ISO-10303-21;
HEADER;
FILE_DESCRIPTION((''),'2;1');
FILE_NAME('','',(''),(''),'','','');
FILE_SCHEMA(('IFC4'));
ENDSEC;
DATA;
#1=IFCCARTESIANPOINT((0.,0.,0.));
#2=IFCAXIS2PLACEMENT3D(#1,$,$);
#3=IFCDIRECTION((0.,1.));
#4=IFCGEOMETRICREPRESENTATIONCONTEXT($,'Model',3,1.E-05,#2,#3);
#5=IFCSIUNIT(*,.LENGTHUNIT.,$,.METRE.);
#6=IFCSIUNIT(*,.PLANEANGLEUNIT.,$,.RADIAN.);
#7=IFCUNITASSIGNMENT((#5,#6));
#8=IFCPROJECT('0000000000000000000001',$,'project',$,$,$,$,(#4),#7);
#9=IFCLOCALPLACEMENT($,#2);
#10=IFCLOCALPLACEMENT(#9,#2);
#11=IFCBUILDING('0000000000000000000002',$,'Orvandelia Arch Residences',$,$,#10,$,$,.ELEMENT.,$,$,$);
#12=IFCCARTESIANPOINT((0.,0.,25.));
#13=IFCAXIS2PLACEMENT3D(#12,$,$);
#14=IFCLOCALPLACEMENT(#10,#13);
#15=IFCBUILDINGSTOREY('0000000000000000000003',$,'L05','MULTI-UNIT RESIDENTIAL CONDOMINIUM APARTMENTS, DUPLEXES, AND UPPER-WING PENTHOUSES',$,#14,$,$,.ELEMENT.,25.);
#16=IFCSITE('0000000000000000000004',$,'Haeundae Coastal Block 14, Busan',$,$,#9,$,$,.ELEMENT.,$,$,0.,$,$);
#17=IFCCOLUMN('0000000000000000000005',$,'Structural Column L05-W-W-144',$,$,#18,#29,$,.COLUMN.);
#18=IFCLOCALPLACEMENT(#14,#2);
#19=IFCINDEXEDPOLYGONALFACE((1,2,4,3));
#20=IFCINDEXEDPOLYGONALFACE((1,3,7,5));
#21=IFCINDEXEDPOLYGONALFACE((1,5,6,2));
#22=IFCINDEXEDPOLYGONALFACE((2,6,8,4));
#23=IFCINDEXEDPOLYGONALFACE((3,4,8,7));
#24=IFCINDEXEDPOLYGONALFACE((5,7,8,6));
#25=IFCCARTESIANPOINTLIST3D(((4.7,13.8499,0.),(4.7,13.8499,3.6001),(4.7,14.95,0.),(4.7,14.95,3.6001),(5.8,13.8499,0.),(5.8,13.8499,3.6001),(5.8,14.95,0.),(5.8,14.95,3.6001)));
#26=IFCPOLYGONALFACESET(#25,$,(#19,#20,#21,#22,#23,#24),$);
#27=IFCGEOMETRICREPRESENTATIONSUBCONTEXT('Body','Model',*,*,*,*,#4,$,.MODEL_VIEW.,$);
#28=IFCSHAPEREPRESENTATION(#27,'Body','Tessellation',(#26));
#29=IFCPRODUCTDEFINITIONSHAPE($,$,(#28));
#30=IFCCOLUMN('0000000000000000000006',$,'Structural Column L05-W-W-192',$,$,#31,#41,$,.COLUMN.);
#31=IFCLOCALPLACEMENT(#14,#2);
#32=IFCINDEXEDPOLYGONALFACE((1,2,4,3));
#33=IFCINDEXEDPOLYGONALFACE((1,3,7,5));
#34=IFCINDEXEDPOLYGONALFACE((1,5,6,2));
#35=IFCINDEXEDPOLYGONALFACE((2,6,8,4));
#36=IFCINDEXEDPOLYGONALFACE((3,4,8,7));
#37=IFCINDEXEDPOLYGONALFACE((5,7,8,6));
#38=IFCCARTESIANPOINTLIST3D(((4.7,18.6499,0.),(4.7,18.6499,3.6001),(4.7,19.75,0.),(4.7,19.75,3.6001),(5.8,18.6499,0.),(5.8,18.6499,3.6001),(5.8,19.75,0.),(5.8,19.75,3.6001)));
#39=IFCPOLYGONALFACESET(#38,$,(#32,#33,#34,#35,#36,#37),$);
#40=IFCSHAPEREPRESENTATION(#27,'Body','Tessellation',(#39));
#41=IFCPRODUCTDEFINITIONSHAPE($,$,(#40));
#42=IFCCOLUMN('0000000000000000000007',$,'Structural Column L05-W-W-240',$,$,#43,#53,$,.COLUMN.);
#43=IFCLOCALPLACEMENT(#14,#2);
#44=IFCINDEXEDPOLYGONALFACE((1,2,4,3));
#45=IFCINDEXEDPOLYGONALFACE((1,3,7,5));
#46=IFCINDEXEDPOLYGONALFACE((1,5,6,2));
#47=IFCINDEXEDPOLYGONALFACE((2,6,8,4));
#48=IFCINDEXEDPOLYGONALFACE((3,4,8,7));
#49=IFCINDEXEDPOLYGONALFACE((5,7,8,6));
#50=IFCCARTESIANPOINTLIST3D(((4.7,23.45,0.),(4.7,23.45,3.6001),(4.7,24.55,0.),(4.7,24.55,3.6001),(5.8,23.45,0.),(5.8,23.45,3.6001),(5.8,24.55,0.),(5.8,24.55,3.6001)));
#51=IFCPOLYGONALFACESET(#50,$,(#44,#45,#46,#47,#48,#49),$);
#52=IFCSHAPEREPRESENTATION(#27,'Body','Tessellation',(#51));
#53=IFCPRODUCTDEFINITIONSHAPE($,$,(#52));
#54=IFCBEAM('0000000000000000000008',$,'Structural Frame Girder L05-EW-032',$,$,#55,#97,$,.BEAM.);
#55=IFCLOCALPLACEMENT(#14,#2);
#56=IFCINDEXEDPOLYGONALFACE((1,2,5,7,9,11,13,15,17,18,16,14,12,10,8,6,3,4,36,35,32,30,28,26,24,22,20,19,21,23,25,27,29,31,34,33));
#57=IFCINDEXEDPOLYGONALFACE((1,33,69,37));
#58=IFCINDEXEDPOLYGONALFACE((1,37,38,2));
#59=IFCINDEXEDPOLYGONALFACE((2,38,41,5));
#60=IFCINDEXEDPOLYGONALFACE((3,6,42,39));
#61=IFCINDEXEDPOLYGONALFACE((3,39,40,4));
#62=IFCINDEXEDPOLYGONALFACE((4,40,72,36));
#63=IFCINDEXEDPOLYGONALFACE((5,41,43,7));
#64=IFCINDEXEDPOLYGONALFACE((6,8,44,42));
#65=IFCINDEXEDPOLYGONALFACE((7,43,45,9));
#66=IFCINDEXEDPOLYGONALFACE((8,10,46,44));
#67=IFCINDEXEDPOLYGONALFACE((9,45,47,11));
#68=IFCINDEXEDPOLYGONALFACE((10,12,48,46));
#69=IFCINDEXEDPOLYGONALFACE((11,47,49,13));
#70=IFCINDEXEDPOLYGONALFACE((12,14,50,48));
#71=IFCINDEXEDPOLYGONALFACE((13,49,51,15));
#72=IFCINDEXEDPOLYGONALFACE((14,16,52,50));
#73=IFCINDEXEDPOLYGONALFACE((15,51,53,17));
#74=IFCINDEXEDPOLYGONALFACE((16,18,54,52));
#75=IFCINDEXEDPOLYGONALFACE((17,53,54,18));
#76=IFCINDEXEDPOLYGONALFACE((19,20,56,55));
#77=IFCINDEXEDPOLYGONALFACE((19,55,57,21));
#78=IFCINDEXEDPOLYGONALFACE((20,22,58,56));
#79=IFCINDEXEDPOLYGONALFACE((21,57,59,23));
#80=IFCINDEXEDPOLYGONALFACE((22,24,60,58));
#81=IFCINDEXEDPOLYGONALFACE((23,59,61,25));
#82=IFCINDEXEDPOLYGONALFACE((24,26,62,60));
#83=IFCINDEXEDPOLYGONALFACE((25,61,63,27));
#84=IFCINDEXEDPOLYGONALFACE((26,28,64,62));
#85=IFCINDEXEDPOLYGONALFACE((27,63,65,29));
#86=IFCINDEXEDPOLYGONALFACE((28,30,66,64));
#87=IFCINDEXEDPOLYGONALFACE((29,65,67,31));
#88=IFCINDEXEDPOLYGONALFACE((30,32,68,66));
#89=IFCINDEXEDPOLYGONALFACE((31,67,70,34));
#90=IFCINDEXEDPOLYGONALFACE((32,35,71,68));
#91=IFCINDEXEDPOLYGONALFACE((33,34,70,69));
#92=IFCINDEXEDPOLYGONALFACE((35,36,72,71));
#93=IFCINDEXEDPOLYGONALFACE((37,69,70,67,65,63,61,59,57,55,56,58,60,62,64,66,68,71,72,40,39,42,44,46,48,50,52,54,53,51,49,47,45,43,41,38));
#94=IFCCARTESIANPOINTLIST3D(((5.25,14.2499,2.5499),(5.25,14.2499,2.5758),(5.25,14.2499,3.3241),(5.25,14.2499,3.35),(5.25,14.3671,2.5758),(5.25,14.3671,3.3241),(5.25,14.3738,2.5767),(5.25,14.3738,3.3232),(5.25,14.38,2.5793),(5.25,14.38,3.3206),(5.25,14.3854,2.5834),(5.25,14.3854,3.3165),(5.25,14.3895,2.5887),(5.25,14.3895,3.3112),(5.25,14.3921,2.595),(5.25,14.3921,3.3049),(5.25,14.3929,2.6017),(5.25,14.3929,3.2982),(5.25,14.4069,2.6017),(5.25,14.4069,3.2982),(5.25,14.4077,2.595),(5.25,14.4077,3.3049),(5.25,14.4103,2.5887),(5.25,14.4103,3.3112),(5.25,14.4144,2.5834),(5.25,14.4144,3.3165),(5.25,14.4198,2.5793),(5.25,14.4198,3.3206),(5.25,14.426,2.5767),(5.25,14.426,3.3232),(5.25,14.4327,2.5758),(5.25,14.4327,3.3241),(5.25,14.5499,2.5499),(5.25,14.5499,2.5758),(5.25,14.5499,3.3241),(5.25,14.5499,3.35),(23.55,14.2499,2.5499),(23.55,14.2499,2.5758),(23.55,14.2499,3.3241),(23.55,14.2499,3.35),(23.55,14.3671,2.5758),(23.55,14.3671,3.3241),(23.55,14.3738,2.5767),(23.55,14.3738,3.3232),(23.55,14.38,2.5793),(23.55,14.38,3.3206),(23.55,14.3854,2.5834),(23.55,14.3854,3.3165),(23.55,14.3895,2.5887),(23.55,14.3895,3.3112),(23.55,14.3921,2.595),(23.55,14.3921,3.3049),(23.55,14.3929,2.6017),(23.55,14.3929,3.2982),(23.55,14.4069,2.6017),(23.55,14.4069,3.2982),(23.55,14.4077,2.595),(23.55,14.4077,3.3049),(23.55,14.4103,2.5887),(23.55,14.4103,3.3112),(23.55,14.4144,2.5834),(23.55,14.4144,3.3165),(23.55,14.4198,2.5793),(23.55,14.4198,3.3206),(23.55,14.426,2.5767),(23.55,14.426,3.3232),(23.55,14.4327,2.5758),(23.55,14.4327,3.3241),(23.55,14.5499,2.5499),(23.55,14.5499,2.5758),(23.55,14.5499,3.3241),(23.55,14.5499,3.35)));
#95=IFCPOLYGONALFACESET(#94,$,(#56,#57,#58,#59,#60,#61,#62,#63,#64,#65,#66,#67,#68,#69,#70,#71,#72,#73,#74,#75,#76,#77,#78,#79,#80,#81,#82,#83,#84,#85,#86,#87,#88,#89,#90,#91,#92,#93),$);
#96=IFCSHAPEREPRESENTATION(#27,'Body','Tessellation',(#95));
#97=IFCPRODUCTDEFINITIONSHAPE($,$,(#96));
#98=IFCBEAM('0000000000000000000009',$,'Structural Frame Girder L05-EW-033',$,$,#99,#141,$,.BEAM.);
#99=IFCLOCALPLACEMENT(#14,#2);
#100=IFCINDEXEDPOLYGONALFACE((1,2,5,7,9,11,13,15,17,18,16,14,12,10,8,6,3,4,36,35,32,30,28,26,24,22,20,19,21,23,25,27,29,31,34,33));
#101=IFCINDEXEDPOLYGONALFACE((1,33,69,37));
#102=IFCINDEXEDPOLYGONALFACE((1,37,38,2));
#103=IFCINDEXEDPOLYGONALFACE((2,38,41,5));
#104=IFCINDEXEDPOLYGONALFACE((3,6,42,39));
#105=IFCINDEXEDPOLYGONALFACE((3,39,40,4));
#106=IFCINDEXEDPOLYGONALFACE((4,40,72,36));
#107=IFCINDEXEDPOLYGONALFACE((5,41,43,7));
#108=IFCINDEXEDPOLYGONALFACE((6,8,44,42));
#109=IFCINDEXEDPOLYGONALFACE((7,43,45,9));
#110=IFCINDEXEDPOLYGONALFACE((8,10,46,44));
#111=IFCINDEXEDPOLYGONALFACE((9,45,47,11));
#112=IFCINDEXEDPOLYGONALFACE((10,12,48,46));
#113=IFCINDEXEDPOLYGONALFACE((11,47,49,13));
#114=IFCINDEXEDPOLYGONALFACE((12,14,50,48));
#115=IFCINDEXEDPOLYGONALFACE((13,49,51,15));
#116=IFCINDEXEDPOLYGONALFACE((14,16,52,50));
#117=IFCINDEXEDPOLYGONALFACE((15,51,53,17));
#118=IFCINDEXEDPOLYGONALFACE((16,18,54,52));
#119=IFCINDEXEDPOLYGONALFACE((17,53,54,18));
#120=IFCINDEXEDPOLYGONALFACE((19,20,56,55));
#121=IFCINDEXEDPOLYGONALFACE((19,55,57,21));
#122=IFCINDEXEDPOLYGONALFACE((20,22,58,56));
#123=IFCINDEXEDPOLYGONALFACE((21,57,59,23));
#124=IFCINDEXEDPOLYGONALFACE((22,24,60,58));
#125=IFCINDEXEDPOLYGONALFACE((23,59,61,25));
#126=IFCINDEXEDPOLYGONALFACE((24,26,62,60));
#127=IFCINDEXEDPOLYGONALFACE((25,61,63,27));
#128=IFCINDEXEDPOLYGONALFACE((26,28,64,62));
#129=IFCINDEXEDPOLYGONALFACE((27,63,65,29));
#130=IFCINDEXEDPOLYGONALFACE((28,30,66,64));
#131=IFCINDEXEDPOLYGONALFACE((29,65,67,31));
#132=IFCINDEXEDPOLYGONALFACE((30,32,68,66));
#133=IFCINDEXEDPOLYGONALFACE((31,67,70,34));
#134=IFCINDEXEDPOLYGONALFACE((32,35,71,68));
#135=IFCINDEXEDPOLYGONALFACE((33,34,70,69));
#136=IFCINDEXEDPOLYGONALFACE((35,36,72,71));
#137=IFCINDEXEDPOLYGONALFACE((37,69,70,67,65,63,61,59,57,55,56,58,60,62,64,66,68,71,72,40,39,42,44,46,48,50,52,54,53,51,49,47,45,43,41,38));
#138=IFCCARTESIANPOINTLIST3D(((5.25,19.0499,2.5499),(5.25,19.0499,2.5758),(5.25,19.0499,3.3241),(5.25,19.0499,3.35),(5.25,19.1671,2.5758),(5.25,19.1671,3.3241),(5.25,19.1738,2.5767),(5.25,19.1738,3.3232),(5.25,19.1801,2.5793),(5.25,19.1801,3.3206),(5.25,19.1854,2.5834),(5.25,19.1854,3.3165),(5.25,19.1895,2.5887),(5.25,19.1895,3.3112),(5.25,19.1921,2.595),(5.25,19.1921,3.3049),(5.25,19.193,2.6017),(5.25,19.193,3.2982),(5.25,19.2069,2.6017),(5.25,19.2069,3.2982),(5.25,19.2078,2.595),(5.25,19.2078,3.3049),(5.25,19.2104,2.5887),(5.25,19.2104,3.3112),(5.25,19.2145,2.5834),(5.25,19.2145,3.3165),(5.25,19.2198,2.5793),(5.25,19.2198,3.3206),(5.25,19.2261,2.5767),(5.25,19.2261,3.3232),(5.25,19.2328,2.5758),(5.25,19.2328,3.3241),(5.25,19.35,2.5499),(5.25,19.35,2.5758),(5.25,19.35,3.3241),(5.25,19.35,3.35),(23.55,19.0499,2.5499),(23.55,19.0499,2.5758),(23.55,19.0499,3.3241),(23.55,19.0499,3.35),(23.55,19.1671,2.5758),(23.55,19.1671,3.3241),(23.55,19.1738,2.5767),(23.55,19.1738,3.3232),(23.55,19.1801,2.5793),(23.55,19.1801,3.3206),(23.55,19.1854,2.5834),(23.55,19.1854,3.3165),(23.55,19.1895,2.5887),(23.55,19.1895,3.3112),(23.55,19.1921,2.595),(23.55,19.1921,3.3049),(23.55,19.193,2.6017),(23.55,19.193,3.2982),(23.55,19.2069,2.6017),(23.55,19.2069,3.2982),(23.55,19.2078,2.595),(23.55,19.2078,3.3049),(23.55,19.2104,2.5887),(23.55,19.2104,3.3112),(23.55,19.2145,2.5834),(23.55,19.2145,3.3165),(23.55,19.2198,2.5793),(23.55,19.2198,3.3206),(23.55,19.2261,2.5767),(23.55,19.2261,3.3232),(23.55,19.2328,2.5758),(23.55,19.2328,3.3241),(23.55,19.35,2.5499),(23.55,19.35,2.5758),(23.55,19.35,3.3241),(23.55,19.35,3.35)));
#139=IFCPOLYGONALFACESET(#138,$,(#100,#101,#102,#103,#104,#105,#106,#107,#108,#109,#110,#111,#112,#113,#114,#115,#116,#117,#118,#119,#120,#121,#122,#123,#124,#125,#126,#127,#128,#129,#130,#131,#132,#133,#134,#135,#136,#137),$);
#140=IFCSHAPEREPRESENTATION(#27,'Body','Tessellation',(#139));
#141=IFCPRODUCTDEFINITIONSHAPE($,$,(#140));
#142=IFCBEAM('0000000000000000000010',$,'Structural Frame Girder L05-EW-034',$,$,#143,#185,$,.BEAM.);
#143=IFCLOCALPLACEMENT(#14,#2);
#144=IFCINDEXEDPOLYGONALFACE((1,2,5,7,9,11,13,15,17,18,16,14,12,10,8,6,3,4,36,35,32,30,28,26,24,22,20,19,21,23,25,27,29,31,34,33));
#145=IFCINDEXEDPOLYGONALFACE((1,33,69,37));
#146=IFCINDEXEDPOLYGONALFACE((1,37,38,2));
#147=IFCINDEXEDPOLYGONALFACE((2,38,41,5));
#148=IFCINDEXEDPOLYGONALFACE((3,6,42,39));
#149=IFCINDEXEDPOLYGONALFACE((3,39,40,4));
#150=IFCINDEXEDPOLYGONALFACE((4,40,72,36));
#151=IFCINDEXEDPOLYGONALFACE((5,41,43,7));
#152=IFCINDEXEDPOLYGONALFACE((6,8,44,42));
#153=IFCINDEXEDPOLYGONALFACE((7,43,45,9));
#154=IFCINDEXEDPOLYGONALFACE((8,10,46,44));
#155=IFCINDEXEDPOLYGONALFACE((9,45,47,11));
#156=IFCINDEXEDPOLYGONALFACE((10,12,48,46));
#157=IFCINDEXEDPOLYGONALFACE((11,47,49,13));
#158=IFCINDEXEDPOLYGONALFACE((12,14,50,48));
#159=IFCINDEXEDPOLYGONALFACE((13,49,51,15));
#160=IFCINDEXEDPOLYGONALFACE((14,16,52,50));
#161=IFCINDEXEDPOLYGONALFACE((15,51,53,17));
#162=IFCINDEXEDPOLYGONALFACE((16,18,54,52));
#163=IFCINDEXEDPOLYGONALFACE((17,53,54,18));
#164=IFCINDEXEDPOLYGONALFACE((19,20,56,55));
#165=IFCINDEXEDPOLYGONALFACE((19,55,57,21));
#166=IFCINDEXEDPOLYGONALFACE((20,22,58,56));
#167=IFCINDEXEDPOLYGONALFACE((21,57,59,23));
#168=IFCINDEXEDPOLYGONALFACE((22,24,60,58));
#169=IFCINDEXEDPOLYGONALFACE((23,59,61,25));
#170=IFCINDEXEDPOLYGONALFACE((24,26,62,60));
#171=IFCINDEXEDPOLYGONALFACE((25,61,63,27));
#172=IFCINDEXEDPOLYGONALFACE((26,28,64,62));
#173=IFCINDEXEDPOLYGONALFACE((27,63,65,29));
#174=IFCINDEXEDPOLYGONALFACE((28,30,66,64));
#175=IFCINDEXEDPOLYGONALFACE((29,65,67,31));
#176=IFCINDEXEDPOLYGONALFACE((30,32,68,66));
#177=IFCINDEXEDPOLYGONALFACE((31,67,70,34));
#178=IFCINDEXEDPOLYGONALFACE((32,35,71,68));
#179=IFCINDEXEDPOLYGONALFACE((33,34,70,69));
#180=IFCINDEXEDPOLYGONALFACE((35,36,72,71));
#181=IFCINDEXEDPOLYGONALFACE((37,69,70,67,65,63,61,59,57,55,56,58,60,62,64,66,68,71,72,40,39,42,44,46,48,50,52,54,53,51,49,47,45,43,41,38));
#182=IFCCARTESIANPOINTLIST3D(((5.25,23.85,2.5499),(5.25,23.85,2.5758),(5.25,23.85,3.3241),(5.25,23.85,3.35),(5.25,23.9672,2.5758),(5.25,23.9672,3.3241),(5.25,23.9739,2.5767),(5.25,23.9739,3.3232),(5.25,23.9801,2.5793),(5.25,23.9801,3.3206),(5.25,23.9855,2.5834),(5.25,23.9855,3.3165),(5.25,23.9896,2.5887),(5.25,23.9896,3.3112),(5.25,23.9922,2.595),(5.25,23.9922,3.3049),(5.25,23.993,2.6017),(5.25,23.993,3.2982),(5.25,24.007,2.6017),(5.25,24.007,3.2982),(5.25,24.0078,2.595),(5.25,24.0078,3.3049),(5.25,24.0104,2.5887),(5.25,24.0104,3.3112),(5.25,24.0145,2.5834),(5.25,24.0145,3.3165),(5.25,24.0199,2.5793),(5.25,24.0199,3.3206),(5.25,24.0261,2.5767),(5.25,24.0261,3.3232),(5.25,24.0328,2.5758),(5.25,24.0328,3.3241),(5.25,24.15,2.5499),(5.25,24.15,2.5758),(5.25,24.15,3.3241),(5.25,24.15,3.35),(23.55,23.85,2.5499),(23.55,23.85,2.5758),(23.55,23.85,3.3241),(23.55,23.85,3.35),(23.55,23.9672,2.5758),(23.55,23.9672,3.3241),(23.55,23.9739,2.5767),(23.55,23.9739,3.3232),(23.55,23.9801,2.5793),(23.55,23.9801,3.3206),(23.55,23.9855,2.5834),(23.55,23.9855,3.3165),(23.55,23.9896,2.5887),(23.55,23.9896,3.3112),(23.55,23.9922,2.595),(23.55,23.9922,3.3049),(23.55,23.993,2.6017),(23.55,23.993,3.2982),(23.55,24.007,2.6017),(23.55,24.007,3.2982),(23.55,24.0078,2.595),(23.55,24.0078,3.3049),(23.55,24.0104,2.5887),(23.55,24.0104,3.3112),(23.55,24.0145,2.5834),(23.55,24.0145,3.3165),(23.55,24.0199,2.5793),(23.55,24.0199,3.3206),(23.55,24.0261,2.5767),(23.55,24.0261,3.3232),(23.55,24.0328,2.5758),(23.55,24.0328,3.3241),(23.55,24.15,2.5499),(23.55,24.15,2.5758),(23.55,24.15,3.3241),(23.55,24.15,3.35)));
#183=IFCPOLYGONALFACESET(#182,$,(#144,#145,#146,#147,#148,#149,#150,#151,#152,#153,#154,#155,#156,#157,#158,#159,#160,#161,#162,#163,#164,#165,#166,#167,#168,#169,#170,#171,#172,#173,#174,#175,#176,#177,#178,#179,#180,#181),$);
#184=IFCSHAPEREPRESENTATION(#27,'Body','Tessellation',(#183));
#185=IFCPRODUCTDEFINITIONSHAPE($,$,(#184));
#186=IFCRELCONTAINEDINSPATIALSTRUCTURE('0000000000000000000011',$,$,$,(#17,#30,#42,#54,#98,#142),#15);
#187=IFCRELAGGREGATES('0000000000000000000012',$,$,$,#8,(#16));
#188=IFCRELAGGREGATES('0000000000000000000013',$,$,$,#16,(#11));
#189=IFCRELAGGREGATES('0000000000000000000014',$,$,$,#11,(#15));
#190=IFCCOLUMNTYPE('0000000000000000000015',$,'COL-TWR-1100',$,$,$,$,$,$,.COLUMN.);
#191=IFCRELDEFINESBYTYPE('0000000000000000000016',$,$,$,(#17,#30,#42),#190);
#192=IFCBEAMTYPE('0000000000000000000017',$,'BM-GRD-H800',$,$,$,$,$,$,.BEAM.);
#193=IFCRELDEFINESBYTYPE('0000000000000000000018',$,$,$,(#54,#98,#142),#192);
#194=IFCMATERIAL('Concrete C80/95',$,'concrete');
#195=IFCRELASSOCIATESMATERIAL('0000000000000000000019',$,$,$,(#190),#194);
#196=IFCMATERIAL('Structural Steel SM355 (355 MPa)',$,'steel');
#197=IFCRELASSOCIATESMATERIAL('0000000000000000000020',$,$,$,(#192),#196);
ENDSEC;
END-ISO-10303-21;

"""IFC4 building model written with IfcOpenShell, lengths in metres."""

from ifc_helpers import new_model, si_unit, direction, frame, origin, origin_2d, place, context, subcontext, project, spatial, rectangle, i_section, extrude, material, material_profile, profile_set, type_object, element, save


model = new_model("IFC4")

# Units and contexts
model_context = context("Model", 3, precision=1e-05, world=origin(), true_north=direction((0.0, 1.0)))
body_context = subcontext(model_context, "Body", "Model", "MODEL_VIEW")
ifc_project = project(units=[si_unit("LENGTHUNIT", "METRE"), si_unit("PLANEANGLEUNIT", "RADIAN")], contexts=[model_context])

# Site, building, storey
site_placement = place(None, origin())
site = spatial("IfcSite", under=ifc_project, at=site_placement, Name="Haeundae Coastal Block 14, Busan", CompositionType="ELEMENT", RefElevation=0.0)
building_placement = place(site_placement, origin())
building = spatial("IfcBuilding", under=site, at=building_placement, Name="Orvandelia Arch Residences", CompositionType="ELEMENT")
storey_placement = place(building_placement, frame((0.0, 0.0, 25.0)))
storey = spatial("IfcBuildingStorey", under=building, at=storey_placement, Name="L05", Description="MULTI-UNIT RESIDENTIAL CONDOMINIUM APARTMENTS, DUPLEXES, AND UPPER-WING PENTHOUSES", CompositionType="ELEMENT", Elevation=25.0)

# Columns
ifc_material_1 = material(Name="Concrete C80/95", Category="concrete")
ifc_material_profile_1 = material_profile(ifc_material_1, rectangle(XDim=1.1001, YDim=1.1001, at=origin_2d()), Name="Concrete C80/95", Category="concrete")
ifc_profile_set_1 = profile_set([ifc_material_profile_1], Name="Concrete C80/95")
column_type = type_object("IfcColumnType", Name="COL-TWR-1100", PredefinedType="COLUMN", material=ifc_profile_set_1)
for number, where, z_axis, x_axis, name in (
    (1, (5.25, 14.3999, 0.0), (0.0, 0.0, 1.0), (1.0, 0.0, 0.0), "Structural Column L05-W-W-144"),
    (2, (5.25, 19.2, 0.0), (0.0, 0.0, 1.0), (1.0, 0.0, 0.0), "Structural Column L05-W-W-192"),
    (3, (5.25, 24.0, 0.0), (0.0, 0.0, 1.0), (1.0, 0.0, 0.0), "Structural Column L05-W-W-240"),
):
    element("IfcColumn", number, at=place(storey_placement, frame(where, z_axis=z_axis, x_axis=x_axis)), inside=storey, type_object=column_type, Name=name, PredefinedType="COLUMN", context=body_context, shape_type="SweptSolid", body=[
        extrude(rectangle(XDim=1.1001, YDim=1.1001, at=origin_2d()), origin(), (0.0, 0.0, 1.0), 3.6001),
    ])

# Beams
ifc_material_2 = material(Name="Structural Steel SM355 (355 MPa)", Category="steel")
ifc_material_profile_2 = material_profile(ifc_material_2, i_section(OverallWidth=0.3, OverallDepth=0.8, WebThickness=0.0139, FlangeThickness=0.0259, FilletRadius=0.0259, at=origin_2d()), Name="Structural Steel SM355 (355 MPa)", Category="steel")
ifc_profile_set_2 = profile_set([ifc_material_profile_2], Name="Structural Steel SM355 (355 MPa)")
beam_type_1 = type_object("IfcBeamType", Name="BM-GRD-H800", PredefinedType="BEAM", material=ifc_profile_set_2)
for number, where, z_axis, x_axis, name in (
    (4, (5.25, 14.3999, 2.95), (1.0, 0.0, 0.0), (0.0, 1.0, 0.0), "Structural Frame Girder L05-EW-032"),
    (5, (5.25, 19.2, 2.95), (1.0, 0.0, 0.0), (0.0, 1.0, 0.0), "Structural Frame Girder L05-EW-033"),
    (6, (5.25, 24.0, 2.95), (1.0, 0.0, 0.0), (0.0, 1.0, 0.0), "Structural Frame Girder L05-EW-034"),
):
    element("IfcBeam", number, at=place(storey_placement, frame(where, z_axis=z_axis, x_axis=x_axis)), inside=storey, type_object=beam_type_1, Name=name, PredefinedType="BEAM", context=body_context, shape_type="SweptSolid", body=[
        extrude(i_section(OverallWidth=0.3, OverallDepth=0.8, WebThickness=0.0139, FlangeThickness=0.0259, FilletRadius=0.0259, at=origin_2d()), origin(), (0.0, 0.0, 1.0), 18.3),
    ])

save(model, "model.ifc")
